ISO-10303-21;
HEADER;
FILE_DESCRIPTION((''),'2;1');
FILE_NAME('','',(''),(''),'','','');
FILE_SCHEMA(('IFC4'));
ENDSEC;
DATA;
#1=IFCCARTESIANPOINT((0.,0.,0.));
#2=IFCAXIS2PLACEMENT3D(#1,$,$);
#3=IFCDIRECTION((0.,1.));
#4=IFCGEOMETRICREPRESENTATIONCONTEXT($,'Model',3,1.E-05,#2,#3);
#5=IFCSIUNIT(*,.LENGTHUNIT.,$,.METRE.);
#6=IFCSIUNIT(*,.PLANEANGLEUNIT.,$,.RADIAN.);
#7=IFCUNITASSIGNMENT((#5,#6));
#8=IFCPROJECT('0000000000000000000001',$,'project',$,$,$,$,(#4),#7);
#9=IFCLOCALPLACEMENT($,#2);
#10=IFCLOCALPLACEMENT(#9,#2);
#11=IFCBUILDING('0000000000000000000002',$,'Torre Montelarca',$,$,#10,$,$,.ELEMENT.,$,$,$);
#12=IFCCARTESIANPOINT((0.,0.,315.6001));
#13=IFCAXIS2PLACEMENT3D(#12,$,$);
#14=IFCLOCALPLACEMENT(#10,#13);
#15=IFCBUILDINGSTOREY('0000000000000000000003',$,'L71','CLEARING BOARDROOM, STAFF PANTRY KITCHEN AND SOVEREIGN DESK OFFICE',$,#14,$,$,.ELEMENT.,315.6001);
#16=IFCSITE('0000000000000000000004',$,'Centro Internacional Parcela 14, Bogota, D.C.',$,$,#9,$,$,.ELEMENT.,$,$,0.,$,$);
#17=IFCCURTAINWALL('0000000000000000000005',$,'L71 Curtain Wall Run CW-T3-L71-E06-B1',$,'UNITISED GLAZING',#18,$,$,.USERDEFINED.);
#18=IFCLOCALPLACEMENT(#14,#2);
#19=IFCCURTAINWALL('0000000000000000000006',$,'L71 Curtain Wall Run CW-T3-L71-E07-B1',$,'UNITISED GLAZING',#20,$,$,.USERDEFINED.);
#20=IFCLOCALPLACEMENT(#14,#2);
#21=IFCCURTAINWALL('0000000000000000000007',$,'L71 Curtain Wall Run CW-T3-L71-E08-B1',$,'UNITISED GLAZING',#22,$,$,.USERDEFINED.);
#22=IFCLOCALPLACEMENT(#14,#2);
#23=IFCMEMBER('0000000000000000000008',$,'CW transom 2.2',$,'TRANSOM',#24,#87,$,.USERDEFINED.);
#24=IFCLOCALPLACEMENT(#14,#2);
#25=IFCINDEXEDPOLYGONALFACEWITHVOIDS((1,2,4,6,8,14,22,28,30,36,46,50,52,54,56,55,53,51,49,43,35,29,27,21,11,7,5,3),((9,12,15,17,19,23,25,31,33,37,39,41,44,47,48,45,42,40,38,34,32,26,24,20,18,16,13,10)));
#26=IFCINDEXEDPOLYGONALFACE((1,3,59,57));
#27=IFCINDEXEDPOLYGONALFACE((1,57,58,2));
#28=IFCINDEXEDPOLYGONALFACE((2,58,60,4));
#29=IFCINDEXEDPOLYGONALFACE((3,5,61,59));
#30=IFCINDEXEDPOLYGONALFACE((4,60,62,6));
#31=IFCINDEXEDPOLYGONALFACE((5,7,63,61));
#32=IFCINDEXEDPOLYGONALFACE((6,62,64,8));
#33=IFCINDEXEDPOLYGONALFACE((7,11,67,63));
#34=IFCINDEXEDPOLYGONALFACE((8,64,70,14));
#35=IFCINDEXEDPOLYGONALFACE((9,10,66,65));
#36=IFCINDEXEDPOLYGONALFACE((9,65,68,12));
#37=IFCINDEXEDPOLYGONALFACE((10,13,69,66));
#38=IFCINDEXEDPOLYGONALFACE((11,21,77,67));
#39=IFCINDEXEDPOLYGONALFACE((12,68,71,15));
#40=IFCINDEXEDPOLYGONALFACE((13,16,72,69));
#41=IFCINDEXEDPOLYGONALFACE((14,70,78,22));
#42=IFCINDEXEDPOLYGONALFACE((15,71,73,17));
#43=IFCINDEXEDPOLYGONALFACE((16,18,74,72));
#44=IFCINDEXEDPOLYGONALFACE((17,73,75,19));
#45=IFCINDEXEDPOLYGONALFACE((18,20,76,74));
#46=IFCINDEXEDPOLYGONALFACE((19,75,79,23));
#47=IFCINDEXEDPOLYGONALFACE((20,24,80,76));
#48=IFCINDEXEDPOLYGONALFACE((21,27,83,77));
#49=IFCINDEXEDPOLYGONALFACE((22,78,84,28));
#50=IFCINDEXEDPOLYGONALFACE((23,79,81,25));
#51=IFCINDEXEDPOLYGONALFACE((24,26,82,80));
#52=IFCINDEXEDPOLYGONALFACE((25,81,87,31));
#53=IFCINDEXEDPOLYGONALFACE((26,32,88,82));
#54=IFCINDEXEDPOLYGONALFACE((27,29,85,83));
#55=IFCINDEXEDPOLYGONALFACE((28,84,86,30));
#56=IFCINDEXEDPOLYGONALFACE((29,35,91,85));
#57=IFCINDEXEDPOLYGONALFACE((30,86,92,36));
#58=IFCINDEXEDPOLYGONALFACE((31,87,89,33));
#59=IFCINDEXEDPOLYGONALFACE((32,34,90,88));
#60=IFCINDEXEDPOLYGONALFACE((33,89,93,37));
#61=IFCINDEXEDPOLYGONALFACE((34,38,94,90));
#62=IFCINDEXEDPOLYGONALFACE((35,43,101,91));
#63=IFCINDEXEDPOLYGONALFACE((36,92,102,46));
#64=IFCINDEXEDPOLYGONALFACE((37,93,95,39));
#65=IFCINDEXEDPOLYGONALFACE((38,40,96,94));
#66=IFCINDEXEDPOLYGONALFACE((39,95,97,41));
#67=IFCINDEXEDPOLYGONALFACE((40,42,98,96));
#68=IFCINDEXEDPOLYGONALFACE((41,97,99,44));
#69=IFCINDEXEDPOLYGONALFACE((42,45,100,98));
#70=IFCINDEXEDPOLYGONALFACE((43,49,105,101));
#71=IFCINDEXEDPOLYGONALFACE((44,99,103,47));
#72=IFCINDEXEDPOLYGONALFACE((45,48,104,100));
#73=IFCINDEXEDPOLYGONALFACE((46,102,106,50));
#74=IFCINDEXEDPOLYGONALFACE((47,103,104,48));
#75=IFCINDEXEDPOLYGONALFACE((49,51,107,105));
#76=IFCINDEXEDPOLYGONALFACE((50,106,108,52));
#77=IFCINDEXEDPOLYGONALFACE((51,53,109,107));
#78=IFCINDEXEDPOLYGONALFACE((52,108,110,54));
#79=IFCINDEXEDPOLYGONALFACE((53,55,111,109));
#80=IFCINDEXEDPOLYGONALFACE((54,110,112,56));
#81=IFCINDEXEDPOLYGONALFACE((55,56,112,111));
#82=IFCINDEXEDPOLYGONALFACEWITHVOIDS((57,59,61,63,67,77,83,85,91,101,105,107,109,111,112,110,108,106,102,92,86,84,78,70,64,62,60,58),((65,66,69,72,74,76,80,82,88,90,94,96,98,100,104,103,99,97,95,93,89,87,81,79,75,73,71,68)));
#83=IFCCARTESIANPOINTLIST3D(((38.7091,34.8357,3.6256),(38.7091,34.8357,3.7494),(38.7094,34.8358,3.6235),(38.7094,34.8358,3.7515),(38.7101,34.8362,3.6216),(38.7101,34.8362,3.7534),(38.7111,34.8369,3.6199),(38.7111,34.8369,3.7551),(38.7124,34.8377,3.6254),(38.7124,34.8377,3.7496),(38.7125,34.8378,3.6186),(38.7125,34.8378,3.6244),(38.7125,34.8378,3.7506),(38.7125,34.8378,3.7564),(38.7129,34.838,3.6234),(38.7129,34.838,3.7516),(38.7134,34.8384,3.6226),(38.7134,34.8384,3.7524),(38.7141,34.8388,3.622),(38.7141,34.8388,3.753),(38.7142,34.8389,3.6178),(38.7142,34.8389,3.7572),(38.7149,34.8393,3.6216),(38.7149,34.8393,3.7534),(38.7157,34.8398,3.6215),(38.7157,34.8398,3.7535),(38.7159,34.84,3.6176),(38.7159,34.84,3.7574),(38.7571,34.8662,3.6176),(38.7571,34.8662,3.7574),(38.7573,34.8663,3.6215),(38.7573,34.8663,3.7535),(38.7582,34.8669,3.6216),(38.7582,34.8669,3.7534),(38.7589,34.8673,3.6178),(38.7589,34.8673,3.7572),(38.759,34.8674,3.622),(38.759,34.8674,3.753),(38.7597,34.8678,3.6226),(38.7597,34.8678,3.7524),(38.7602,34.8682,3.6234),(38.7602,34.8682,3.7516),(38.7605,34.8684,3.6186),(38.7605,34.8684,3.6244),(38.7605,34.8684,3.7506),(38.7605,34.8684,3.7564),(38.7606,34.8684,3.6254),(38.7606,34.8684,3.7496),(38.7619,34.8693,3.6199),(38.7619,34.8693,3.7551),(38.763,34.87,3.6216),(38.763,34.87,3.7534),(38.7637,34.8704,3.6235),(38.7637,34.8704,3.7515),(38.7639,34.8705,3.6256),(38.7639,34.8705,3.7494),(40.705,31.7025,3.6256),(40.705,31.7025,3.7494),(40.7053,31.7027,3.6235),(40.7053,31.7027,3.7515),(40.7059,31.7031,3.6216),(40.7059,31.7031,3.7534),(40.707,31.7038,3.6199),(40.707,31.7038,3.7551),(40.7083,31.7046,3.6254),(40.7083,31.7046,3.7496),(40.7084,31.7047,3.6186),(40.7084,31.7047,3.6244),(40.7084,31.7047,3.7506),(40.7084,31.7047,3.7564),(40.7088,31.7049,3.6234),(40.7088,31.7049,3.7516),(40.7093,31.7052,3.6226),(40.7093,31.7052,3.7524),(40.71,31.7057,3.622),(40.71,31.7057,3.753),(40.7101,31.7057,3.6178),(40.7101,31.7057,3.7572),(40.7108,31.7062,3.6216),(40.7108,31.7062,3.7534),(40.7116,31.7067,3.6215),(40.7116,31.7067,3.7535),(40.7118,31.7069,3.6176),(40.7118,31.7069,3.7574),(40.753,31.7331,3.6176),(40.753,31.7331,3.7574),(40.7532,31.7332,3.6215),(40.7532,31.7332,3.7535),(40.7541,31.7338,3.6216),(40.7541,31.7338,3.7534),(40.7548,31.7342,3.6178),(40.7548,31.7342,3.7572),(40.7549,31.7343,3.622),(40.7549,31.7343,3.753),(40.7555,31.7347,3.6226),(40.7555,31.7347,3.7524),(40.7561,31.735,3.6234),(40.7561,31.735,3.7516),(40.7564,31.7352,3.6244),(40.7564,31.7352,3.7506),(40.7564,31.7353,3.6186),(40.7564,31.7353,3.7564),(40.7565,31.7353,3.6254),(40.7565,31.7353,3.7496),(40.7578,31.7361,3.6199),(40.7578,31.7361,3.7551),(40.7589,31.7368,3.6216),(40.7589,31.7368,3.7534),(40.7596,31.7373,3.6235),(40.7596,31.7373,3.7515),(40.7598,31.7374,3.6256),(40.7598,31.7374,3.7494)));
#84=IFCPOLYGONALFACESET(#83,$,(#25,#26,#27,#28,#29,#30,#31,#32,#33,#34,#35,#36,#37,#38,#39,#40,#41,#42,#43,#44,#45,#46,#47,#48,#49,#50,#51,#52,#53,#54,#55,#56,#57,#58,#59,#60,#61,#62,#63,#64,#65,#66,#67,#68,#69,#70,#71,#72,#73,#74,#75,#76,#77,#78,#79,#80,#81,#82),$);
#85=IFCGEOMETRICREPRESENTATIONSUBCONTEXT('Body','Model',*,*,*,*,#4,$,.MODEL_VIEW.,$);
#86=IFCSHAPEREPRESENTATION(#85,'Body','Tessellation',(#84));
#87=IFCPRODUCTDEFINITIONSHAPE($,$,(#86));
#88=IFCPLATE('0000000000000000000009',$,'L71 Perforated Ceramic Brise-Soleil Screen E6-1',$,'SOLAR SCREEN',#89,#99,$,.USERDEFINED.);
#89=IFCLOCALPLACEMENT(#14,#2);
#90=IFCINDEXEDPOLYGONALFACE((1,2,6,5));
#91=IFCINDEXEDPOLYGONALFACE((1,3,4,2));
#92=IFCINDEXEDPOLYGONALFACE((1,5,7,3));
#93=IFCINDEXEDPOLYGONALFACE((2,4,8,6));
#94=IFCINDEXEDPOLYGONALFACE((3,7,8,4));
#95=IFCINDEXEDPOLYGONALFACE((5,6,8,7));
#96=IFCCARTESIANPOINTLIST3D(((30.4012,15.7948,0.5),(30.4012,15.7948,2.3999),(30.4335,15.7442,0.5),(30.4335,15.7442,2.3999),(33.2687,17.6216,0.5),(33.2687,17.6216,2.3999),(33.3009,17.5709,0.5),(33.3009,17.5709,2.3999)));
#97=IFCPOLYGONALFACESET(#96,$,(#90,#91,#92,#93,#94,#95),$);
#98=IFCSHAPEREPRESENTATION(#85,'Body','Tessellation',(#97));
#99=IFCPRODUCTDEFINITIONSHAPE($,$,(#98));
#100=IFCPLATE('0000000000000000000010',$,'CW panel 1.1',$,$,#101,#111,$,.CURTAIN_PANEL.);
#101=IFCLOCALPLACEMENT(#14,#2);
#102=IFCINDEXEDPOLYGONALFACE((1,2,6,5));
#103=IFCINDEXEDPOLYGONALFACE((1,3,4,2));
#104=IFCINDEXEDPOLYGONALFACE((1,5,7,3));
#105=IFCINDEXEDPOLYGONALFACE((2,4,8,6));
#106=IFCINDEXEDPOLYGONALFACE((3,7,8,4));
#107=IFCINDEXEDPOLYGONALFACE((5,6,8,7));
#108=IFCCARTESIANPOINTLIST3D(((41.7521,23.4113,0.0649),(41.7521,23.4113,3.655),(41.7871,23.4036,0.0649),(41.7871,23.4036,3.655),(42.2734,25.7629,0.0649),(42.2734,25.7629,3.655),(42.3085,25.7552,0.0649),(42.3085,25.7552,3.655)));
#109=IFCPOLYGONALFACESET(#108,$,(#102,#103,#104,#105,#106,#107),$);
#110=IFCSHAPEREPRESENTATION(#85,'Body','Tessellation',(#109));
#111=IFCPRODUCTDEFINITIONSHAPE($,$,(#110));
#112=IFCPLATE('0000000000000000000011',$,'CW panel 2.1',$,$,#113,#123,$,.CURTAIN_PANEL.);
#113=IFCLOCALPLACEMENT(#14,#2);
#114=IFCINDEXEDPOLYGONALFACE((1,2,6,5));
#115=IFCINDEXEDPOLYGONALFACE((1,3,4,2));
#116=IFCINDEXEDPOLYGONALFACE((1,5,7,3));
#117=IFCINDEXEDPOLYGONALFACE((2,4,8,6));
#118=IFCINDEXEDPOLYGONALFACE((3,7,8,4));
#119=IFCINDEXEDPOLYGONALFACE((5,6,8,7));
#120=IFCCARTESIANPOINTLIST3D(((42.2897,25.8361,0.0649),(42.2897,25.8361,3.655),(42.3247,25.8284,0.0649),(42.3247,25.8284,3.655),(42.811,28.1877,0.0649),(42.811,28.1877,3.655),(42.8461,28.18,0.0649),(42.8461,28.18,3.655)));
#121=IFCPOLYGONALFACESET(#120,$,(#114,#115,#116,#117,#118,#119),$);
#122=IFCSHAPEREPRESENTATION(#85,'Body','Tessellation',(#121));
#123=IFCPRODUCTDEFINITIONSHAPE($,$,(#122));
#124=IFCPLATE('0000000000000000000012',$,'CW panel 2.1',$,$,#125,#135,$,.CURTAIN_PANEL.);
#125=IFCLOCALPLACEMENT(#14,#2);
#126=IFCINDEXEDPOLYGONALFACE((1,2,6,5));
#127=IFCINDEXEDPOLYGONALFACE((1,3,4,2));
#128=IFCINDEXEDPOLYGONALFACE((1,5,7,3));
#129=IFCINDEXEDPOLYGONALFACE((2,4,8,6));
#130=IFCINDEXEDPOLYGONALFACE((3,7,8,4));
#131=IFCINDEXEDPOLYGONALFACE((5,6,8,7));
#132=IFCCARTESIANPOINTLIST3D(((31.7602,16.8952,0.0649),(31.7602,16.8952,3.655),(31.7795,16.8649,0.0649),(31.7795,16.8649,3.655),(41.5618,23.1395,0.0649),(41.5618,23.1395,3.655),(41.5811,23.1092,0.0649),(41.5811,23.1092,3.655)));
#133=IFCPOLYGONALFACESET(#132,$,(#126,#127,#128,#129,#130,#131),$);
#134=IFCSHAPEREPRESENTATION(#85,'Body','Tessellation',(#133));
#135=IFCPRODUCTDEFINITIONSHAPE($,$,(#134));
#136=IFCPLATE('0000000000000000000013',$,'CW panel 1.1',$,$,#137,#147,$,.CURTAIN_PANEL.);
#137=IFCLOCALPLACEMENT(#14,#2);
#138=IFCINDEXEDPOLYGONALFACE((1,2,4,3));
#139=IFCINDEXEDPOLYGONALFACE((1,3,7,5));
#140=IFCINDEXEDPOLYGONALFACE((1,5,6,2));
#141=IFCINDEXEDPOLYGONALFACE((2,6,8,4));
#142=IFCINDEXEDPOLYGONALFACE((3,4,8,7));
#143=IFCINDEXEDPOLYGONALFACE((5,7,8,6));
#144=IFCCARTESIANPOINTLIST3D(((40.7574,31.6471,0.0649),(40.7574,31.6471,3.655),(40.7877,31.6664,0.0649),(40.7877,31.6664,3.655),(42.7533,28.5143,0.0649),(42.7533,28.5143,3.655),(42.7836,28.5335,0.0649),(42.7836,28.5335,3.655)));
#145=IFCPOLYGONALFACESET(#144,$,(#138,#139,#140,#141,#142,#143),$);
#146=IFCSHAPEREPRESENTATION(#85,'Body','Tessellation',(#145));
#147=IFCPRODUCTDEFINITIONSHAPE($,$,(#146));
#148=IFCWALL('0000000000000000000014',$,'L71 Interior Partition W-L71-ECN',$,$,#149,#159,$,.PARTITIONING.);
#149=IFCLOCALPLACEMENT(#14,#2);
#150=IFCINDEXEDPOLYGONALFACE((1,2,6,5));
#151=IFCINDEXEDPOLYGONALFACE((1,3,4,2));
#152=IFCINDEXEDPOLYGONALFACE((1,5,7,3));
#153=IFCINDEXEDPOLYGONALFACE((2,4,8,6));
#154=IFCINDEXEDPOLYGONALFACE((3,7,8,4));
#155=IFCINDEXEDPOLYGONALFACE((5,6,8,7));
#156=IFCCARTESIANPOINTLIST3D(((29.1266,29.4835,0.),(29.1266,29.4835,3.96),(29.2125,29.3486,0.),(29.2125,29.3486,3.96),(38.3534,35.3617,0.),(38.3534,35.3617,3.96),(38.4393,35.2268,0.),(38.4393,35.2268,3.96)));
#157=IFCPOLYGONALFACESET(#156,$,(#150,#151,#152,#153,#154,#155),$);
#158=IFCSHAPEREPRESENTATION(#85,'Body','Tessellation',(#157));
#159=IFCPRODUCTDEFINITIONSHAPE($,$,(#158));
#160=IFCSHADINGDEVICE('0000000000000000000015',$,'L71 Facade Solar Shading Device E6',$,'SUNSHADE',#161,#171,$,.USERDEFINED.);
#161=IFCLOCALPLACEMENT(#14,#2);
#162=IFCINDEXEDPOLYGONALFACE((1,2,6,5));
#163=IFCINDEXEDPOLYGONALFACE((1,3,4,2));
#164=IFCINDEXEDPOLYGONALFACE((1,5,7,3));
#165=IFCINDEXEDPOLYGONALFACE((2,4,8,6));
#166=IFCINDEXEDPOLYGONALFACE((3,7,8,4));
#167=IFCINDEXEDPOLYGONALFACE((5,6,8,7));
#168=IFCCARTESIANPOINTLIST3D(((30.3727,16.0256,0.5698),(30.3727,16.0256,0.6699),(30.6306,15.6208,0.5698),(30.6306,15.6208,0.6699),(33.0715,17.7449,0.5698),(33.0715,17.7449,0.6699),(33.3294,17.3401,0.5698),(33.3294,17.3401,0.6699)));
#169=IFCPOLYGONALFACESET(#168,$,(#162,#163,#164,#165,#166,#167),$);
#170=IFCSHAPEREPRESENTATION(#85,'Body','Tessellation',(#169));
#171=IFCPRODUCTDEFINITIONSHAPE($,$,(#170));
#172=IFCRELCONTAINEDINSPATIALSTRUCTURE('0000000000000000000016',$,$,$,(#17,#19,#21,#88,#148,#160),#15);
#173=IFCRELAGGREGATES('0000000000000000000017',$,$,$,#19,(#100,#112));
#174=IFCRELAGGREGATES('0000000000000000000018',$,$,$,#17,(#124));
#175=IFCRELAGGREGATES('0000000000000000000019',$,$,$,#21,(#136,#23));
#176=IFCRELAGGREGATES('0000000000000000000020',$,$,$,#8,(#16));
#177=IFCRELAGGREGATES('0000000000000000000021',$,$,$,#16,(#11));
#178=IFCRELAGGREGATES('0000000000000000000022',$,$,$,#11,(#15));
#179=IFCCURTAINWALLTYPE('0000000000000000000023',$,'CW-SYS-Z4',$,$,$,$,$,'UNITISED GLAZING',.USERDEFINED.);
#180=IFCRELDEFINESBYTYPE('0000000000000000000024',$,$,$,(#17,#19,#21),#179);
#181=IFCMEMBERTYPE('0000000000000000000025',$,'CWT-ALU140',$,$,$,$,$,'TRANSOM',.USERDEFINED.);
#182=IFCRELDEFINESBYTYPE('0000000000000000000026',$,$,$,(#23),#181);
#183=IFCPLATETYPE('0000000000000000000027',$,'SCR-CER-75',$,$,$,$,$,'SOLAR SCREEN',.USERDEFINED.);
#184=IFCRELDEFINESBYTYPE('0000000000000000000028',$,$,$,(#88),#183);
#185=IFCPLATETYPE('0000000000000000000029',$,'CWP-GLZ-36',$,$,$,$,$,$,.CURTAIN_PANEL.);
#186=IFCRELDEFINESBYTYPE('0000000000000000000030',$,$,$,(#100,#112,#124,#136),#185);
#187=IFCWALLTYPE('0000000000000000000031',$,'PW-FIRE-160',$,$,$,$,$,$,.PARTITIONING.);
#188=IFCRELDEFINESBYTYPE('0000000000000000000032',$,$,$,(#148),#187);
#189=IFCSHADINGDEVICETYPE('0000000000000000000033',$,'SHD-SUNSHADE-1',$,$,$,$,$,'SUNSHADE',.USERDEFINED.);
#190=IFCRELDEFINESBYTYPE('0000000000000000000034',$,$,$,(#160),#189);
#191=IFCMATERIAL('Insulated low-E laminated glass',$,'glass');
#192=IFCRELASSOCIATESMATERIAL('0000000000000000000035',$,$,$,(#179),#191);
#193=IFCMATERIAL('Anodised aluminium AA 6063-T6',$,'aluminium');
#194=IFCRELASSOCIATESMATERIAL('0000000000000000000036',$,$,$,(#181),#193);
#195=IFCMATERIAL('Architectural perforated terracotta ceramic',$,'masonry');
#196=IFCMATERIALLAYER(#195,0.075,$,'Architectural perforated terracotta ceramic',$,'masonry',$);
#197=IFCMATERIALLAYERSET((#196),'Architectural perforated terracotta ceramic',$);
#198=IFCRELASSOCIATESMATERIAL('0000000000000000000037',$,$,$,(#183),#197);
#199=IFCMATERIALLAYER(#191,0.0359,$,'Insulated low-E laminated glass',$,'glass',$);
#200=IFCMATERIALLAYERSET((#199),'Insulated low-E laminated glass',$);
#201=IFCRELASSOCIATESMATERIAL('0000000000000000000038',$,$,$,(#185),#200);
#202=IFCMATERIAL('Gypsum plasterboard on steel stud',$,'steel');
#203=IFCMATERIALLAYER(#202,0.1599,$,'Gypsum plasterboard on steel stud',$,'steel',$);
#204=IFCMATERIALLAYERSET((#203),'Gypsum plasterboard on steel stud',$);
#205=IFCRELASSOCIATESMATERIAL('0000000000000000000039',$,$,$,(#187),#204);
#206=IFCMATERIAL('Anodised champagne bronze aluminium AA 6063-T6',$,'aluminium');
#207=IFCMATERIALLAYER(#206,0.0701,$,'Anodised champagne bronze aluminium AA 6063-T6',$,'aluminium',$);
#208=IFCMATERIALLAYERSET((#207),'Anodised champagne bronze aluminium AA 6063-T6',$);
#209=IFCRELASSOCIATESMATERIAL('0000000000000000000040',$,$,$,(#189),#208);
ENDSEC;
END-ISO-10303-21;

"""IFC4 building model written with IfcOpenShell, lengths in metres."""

from ifc_helpers import new_model, si_unit, direction, frame, frame_2d, origin, origin_2d, place, context, subcontext, project, spatial, rectangle, hollow_rectangle, extrude, source, transform, mapped, material, layer, layer_set, material_profile, profile_set, type_object, element, aggregate, save


model = new_model("IFC4")

# Units and contexts
model_context = context("Model", 3, precision=1e-05, world=origin(), true_north=direction((0.0, 1.0)))
body_context = subcontext(model_context, "Body", "Model", "MODEL_VIEW")
ifc_project = project(units=[si_unit("LENGTHUNIT", "METRE"), si_unit("PLANEANGLEUNIT", "RADIAN")], contexts=[model_context])

# Site, building, storey
site_placement = place(None, origin())
site = spatial("IfcSite", under=ifc_project, at=site_placement, Name="Centro Internacional Parcela 14, Bogota, D.C.", CompositionType="ELEMENT", RefElevation=0.0)
building_placement = place(site_placement, origin())
building = spatial("IfcBuilding", under=site, at=building_placement, Name="Torre Montelarca", CompositionType="ELEMENT")
storey_placement = place(building_placement, frame((0.0, 0.0, 315.6001)))
storey = spatial("IfcBuildingStorey", under=building, at=storey_placement, Name="L71", Description="CLEARING BOARDROOM, STAFF PANTRY KITCHEN AND SOVEREIGN DESK OFFICE", CompositionType="ELEMENT", Elevation=315.6001)

# Curtain walls
ifc_material_1 = material(Name="Insulated low-E laminated glass", Category="glass")
curtain_wall_type = type_object("IfcCurtainWallType", Name="CW-SYS-Z4", ElementType="UNITISED GLAZING", PredefinedType="USERDEFINED", material=ifc_material_1)
curtain_wall_1_placement = place(storey_placement, origin())
curtain_wall_1 = element("IfcCurtainWall", 1, at=curtain_wall_1_placement, inside=storey, type_object=curtain_wall_type, Name="L71 Curtain Wall Run CW-T3-L71-E06-B1", ObjectType="UNITISED GLAZING", PredefinedType="USERDEFINED")
ifc_material_2 = material(Name="Anodised aluminium AA 6063-T6", Category="aluminium")
curtain_wall_2_placement = place(storey_placement, origin())
curtain_wall_2 = element("IfcCurtainWall", 2, at=curtain_wall_2_placement, inside=storey, type_object=curtain_wall_type, Name="L71 Curtain Wall Run CW-T3-L71-E07-B1", ObjectType="UNITISED GLAZING", PredefinedType="USERDEFINED")
curtain_wall_3_placement = place(storey_placement, origin())
curtain_wall_3 = element("IfcCurtainWall", 3, at=curtain_wall_3_placement, inside=storey, type_object=curtain_wall_type, Name="L71 Curtain Wall Run CW-T3-L71-E08-B1", ObjectType="UNITISED GLAZING", PredefinedType="USERDEFINED")

# Member
ifc_material_profile_1 = material_profile(ifc_material_2, hollow_rectangle(XDim=0.0649, YDim=0.1399, WallThickness=0.0039, InnerFilletRadius=0.0039, OuterFilletRadius=0.0081, at=origin_2d()), Name="ALU65X140X4", Category="aluminium")
ifc_profile_set_1 = profile_set([ifc_material_profile_1], Name="Anodised aluminium AA 6063-T6")
member_type_1 = type_object("IfcMemberType", Name="CWT-ALU140", ElementType="TRANSOM", PredefinedType="USERDEFINED", material=ifc_profile_set_1)
shared_shape_1 = source(origin(), body_context, "Body", "SweptSolid", [
    extrude(hollow_rectangle(XDim=0.0649, YDim=0.1399, WallThickness=0.0039, InnerFilletRadius=0.0039, OuterFilletRadius=0.0081, at=origin_2d()), origin(), (0.0, 0.0, 1.0), 3.7148),
])
member_1_placement = place(storey_placement, frame((40.7324, 31.72, 3.6875), z_axis=(-0.537275, 0.843407, 0.0), x_axis=(-0.843407, -0.537275, 0.0)))
member_1 = element("IfcMember", 4, at=member_1_placement, type_object=member_type_1, Name="CW transom 2.2", ObjectType="TRANSOM", PredefinedType="USERDEFINED", context=body_context, shape_type="MappedRepresentation", body=[
    mapped(shared_shape_1, transform((0.0, 0.0, 0.0), scale=1.0)),
])

# Plates
ifc_material_3 = material(Name="Architectural perforated terracotta ceramic", Category="masonry")
ifc_layer_1 = layer(ifc_material_3, 0.075, Name="Architectural perforated terracotta ceramic", Category="masonry")
ifc_layer_set_1 = layer_set([ifc_layer_1], Name="Architectural perforated terracotta ceramic")
plate_type_1 = type_object("IfcPlateType", Name="SCR-CER-75", ElementType="SOLAR SCREEN", PredefinedType="USERDEFINED", material=ifc_layer_set_1)
shared_shape_2 = source(origin(), body_context, "Body", "SweptSolid", [
    extrude(rectangle(XDim=3.3999, YDim=0.0601, at=origin_2d()), origin(), (0.0, 0.0, 1.0), 1.8999),
])
plate_1_placement = place(storey_placement, frame((31.8511, 16.6829, 0.5), z_axis=(0.0, 0.0, 1.0), x_axis=(0.843391, 0.5373, 0.0)))
element("IfcPlate", 5, at=plate_1_placement, inside=storey, type_object=plate_type_1, Name="L71 Perforated Ceramic Brise-Soleil Screen E6-1", ObjectType="SOLAR SCREEN", PredefinedType="USERDEFINED", context=body_context, shape_type="MappedRepresentation", body=[
    mapped(shared_shape_2, transform((0.0, 0.0, 0.0), scale=1.0)),
])
ifc_layer_2 = layer(ifc_material_1, 0.0359, Name="Insulated low-E laminated glass", Category="glass")
ifc_layer_set_2 = layer_set([ifc_layer_2], Name="Insulated low-E laminated glass")
plate_type_2 = type_object("IfcPlateType", Name="CWP-GLZ-36", PredefinedType="CURTAIN_PANEL", material=ifc_layer_set_2)
shared_shape_3 = source(origin(), body_context, "Body", "SweptSolid", [
    extrude(rectangle(XDim=2.4087, YDim=0.0359, at=origin_2d()), origin(), (0.0, 0.0, 1.0), 3.5901),
])
plate_2_placement = place(storey_placement, frame((42.0303, 24.5833, 0.0649), z_axis=(0.0, 0.0, 1.0), x_axis=(0.216443, 0.976295, 0.0)))
plate_2 = element("IfcPlate", 6, at=plate_2_placement, type_object=plate_type_2, Name="CW panel 1.1", PredefinedType="CURTAIN_PANEL", context=body_context, shape_type="MappedRepresentation", body=[
    mapped(shared_shape_3, transform((0.0, 0.0, 0.0), scale=1.0)),
])
plate_3_placement = place(storey_placement, frame((42.5679, 27.0081, 0.0649), z_axis=(0.0, 0.0, 1.0), x_axis=(0.216443, 0.976295, 0.0)))
plate_3 = element("IfcPlate", 7, at=plate_3_placement, type_object=plate_type_2, Name="CW panel 2.1", PredefinedType="CURTAIN_PANEL", context=body_context, shape_type="MappedRepresentation", body=[
    mapped(shared_shape_3, transform((0.0, 0.0, 0.0), scale=1.0)),
])
aggregate(curtain_wall_2, [plate_2, plate_3])
shared_shape_4 = source(origin(), body_context, "Body", "SweptSolid", [
    extrude(rectangle(XDim=11.6216, YDim=0.0359, at=origin_2d()), origin(), (0.0, 0.0, 1.0), 3.5901),
])
plate_4_placement = place(storey_placement, frame((36.6707, 20.0022, 0.0649), z_axis=(0.0, 0.0, 1.0), x_axis=(0.84339, 0.537302, 0.0)))
plate_4 = element("IfcPlate", 8, at=plate_4_placement, type_object=plate_type_2, Name="CW panel 2.1", PredefinedType="CURTAIN_PANEL", context=body_context, shape_type="MappedRepresentation", body=[
    mapped(shared_shape_4, transform((0.0, 0.0, 0.0), scale=1.0)),
])
aggregate(curtain_wall_1, [plate_4])
shared_shape_5 = source(origin(), body_context, "Body", "SweptSolid", [
    extrude(rectangle(XDim=3.7146, YDim=0.0359, at=origin_2d()), origin(), (0.0, 0.0, 1.0), 3.5901),
])
plate_5_placement = place(storey_placement, frame((41.7705, 30.0903, 0.0649), z_axis=(0.0, 0.0, 1.0), x_axis=(-0.537299, 0.843392, 0.0)))
plate_5 = element("IfcPlate", 9, at=plate_5_placement, type_object=plate_type_2, Name="CW panel 1.1", PredefinedType="CURTAIN_PANEL", context=body_context, shape_type="MappedRepresentation", body=[
    mapped(shared_shape_5, transform((0.0, 0.0, 0.0), scale=1.0)),
])
aggregate(curtain_wall_3, [plate_5, member_1])

# Wall
ifc_material_4 = material(Name="Gypsum plasterboard on steel stud", Category="steel")
ifc_layer_3 = layer(ifc_material_4, 0.1599, Name="Gypsum plasterboard on steel stud", Category="steel")
ifc_layer_set_3 = layer_set([ifc_layer_3], Name="Gypsum plasterboard on steel stud")
wall_type = type_object("IfcWallType", Name="PW-FIRE-160", PredefinedType="PARTITIONING", material=ifc_layer_set_3)
wall_placement = place(storey_placement, frame((29.1694, 29.416, 0.0), z_axis=(0.0, 0.0, 1.0), x_axis=(0.843389, 0.537303, 0.0)))
element("IfcWall", 10, at=wall_placement, inside=storey, type_object=wall_type, Name="L71 Interior Partition W-L71-ECN", PredefinedType="PARTITIONING", context=body_context, shape_type="SweptSolid", body=[
    extrude(rectangle(XDim=10.9402, YDim=0.1599, at=frame_2d((5.4702, 0.0))), origin(), (0.0, 0.0, 1.0), 3.96),
])

# Shading device
ifc_material_5 = material(Name="Anodised champagne bronze aluminium AA 6063-T6", Category="aluminium")
ifc_layer_4 = layer(ifc_material_5, 0.0701, Name="Anodised champagne bronze aluminium AA 6063-T6", Category="aluminium")
ifc_layer_set_4 = layer_set([ifc_layer_4], Name="Anodised champagne bronze aluminium AA 6063-T6")
shading_device_type = type_object("IfcShadingDeviceType", Name="SHD-SUNSHADE-1", ElementType="SUNSHADE", PredefinedType="USERDEFINED", material=ifc_layer_set_4)
shared_shape_6 = source(origin(), body_context, "Body", "SweptSolid", [
    extrude(rectangle(XDim=3.2, YDim=0.48, at=origin_2d()), origin(), (0.0, 0.0, 1.0), 0.1001),
])
shading_device_placement = place(storey_placement, frame((31.8511, 16.6829, 0.5698), z_axis=(0.0, 0.0, 1.0), x_axis=(0.843391, 0.5373, 0.0)))
element("IfcShadingDevice", 11, at=shading_device_placement, inside=storey, type_object=shading_device_type, Name="L71 Facade Solar Shading Device E6", ObjectType="SUNSHADE", PredefinedType="USERDEFINED", context=body_context, shape_type="MappedRepresentation", body=[
    mapped(shared_shape_6, transform((0.0, 0.0, 0.0), scale=1.0)),
])

save(model, "model.ifc")
